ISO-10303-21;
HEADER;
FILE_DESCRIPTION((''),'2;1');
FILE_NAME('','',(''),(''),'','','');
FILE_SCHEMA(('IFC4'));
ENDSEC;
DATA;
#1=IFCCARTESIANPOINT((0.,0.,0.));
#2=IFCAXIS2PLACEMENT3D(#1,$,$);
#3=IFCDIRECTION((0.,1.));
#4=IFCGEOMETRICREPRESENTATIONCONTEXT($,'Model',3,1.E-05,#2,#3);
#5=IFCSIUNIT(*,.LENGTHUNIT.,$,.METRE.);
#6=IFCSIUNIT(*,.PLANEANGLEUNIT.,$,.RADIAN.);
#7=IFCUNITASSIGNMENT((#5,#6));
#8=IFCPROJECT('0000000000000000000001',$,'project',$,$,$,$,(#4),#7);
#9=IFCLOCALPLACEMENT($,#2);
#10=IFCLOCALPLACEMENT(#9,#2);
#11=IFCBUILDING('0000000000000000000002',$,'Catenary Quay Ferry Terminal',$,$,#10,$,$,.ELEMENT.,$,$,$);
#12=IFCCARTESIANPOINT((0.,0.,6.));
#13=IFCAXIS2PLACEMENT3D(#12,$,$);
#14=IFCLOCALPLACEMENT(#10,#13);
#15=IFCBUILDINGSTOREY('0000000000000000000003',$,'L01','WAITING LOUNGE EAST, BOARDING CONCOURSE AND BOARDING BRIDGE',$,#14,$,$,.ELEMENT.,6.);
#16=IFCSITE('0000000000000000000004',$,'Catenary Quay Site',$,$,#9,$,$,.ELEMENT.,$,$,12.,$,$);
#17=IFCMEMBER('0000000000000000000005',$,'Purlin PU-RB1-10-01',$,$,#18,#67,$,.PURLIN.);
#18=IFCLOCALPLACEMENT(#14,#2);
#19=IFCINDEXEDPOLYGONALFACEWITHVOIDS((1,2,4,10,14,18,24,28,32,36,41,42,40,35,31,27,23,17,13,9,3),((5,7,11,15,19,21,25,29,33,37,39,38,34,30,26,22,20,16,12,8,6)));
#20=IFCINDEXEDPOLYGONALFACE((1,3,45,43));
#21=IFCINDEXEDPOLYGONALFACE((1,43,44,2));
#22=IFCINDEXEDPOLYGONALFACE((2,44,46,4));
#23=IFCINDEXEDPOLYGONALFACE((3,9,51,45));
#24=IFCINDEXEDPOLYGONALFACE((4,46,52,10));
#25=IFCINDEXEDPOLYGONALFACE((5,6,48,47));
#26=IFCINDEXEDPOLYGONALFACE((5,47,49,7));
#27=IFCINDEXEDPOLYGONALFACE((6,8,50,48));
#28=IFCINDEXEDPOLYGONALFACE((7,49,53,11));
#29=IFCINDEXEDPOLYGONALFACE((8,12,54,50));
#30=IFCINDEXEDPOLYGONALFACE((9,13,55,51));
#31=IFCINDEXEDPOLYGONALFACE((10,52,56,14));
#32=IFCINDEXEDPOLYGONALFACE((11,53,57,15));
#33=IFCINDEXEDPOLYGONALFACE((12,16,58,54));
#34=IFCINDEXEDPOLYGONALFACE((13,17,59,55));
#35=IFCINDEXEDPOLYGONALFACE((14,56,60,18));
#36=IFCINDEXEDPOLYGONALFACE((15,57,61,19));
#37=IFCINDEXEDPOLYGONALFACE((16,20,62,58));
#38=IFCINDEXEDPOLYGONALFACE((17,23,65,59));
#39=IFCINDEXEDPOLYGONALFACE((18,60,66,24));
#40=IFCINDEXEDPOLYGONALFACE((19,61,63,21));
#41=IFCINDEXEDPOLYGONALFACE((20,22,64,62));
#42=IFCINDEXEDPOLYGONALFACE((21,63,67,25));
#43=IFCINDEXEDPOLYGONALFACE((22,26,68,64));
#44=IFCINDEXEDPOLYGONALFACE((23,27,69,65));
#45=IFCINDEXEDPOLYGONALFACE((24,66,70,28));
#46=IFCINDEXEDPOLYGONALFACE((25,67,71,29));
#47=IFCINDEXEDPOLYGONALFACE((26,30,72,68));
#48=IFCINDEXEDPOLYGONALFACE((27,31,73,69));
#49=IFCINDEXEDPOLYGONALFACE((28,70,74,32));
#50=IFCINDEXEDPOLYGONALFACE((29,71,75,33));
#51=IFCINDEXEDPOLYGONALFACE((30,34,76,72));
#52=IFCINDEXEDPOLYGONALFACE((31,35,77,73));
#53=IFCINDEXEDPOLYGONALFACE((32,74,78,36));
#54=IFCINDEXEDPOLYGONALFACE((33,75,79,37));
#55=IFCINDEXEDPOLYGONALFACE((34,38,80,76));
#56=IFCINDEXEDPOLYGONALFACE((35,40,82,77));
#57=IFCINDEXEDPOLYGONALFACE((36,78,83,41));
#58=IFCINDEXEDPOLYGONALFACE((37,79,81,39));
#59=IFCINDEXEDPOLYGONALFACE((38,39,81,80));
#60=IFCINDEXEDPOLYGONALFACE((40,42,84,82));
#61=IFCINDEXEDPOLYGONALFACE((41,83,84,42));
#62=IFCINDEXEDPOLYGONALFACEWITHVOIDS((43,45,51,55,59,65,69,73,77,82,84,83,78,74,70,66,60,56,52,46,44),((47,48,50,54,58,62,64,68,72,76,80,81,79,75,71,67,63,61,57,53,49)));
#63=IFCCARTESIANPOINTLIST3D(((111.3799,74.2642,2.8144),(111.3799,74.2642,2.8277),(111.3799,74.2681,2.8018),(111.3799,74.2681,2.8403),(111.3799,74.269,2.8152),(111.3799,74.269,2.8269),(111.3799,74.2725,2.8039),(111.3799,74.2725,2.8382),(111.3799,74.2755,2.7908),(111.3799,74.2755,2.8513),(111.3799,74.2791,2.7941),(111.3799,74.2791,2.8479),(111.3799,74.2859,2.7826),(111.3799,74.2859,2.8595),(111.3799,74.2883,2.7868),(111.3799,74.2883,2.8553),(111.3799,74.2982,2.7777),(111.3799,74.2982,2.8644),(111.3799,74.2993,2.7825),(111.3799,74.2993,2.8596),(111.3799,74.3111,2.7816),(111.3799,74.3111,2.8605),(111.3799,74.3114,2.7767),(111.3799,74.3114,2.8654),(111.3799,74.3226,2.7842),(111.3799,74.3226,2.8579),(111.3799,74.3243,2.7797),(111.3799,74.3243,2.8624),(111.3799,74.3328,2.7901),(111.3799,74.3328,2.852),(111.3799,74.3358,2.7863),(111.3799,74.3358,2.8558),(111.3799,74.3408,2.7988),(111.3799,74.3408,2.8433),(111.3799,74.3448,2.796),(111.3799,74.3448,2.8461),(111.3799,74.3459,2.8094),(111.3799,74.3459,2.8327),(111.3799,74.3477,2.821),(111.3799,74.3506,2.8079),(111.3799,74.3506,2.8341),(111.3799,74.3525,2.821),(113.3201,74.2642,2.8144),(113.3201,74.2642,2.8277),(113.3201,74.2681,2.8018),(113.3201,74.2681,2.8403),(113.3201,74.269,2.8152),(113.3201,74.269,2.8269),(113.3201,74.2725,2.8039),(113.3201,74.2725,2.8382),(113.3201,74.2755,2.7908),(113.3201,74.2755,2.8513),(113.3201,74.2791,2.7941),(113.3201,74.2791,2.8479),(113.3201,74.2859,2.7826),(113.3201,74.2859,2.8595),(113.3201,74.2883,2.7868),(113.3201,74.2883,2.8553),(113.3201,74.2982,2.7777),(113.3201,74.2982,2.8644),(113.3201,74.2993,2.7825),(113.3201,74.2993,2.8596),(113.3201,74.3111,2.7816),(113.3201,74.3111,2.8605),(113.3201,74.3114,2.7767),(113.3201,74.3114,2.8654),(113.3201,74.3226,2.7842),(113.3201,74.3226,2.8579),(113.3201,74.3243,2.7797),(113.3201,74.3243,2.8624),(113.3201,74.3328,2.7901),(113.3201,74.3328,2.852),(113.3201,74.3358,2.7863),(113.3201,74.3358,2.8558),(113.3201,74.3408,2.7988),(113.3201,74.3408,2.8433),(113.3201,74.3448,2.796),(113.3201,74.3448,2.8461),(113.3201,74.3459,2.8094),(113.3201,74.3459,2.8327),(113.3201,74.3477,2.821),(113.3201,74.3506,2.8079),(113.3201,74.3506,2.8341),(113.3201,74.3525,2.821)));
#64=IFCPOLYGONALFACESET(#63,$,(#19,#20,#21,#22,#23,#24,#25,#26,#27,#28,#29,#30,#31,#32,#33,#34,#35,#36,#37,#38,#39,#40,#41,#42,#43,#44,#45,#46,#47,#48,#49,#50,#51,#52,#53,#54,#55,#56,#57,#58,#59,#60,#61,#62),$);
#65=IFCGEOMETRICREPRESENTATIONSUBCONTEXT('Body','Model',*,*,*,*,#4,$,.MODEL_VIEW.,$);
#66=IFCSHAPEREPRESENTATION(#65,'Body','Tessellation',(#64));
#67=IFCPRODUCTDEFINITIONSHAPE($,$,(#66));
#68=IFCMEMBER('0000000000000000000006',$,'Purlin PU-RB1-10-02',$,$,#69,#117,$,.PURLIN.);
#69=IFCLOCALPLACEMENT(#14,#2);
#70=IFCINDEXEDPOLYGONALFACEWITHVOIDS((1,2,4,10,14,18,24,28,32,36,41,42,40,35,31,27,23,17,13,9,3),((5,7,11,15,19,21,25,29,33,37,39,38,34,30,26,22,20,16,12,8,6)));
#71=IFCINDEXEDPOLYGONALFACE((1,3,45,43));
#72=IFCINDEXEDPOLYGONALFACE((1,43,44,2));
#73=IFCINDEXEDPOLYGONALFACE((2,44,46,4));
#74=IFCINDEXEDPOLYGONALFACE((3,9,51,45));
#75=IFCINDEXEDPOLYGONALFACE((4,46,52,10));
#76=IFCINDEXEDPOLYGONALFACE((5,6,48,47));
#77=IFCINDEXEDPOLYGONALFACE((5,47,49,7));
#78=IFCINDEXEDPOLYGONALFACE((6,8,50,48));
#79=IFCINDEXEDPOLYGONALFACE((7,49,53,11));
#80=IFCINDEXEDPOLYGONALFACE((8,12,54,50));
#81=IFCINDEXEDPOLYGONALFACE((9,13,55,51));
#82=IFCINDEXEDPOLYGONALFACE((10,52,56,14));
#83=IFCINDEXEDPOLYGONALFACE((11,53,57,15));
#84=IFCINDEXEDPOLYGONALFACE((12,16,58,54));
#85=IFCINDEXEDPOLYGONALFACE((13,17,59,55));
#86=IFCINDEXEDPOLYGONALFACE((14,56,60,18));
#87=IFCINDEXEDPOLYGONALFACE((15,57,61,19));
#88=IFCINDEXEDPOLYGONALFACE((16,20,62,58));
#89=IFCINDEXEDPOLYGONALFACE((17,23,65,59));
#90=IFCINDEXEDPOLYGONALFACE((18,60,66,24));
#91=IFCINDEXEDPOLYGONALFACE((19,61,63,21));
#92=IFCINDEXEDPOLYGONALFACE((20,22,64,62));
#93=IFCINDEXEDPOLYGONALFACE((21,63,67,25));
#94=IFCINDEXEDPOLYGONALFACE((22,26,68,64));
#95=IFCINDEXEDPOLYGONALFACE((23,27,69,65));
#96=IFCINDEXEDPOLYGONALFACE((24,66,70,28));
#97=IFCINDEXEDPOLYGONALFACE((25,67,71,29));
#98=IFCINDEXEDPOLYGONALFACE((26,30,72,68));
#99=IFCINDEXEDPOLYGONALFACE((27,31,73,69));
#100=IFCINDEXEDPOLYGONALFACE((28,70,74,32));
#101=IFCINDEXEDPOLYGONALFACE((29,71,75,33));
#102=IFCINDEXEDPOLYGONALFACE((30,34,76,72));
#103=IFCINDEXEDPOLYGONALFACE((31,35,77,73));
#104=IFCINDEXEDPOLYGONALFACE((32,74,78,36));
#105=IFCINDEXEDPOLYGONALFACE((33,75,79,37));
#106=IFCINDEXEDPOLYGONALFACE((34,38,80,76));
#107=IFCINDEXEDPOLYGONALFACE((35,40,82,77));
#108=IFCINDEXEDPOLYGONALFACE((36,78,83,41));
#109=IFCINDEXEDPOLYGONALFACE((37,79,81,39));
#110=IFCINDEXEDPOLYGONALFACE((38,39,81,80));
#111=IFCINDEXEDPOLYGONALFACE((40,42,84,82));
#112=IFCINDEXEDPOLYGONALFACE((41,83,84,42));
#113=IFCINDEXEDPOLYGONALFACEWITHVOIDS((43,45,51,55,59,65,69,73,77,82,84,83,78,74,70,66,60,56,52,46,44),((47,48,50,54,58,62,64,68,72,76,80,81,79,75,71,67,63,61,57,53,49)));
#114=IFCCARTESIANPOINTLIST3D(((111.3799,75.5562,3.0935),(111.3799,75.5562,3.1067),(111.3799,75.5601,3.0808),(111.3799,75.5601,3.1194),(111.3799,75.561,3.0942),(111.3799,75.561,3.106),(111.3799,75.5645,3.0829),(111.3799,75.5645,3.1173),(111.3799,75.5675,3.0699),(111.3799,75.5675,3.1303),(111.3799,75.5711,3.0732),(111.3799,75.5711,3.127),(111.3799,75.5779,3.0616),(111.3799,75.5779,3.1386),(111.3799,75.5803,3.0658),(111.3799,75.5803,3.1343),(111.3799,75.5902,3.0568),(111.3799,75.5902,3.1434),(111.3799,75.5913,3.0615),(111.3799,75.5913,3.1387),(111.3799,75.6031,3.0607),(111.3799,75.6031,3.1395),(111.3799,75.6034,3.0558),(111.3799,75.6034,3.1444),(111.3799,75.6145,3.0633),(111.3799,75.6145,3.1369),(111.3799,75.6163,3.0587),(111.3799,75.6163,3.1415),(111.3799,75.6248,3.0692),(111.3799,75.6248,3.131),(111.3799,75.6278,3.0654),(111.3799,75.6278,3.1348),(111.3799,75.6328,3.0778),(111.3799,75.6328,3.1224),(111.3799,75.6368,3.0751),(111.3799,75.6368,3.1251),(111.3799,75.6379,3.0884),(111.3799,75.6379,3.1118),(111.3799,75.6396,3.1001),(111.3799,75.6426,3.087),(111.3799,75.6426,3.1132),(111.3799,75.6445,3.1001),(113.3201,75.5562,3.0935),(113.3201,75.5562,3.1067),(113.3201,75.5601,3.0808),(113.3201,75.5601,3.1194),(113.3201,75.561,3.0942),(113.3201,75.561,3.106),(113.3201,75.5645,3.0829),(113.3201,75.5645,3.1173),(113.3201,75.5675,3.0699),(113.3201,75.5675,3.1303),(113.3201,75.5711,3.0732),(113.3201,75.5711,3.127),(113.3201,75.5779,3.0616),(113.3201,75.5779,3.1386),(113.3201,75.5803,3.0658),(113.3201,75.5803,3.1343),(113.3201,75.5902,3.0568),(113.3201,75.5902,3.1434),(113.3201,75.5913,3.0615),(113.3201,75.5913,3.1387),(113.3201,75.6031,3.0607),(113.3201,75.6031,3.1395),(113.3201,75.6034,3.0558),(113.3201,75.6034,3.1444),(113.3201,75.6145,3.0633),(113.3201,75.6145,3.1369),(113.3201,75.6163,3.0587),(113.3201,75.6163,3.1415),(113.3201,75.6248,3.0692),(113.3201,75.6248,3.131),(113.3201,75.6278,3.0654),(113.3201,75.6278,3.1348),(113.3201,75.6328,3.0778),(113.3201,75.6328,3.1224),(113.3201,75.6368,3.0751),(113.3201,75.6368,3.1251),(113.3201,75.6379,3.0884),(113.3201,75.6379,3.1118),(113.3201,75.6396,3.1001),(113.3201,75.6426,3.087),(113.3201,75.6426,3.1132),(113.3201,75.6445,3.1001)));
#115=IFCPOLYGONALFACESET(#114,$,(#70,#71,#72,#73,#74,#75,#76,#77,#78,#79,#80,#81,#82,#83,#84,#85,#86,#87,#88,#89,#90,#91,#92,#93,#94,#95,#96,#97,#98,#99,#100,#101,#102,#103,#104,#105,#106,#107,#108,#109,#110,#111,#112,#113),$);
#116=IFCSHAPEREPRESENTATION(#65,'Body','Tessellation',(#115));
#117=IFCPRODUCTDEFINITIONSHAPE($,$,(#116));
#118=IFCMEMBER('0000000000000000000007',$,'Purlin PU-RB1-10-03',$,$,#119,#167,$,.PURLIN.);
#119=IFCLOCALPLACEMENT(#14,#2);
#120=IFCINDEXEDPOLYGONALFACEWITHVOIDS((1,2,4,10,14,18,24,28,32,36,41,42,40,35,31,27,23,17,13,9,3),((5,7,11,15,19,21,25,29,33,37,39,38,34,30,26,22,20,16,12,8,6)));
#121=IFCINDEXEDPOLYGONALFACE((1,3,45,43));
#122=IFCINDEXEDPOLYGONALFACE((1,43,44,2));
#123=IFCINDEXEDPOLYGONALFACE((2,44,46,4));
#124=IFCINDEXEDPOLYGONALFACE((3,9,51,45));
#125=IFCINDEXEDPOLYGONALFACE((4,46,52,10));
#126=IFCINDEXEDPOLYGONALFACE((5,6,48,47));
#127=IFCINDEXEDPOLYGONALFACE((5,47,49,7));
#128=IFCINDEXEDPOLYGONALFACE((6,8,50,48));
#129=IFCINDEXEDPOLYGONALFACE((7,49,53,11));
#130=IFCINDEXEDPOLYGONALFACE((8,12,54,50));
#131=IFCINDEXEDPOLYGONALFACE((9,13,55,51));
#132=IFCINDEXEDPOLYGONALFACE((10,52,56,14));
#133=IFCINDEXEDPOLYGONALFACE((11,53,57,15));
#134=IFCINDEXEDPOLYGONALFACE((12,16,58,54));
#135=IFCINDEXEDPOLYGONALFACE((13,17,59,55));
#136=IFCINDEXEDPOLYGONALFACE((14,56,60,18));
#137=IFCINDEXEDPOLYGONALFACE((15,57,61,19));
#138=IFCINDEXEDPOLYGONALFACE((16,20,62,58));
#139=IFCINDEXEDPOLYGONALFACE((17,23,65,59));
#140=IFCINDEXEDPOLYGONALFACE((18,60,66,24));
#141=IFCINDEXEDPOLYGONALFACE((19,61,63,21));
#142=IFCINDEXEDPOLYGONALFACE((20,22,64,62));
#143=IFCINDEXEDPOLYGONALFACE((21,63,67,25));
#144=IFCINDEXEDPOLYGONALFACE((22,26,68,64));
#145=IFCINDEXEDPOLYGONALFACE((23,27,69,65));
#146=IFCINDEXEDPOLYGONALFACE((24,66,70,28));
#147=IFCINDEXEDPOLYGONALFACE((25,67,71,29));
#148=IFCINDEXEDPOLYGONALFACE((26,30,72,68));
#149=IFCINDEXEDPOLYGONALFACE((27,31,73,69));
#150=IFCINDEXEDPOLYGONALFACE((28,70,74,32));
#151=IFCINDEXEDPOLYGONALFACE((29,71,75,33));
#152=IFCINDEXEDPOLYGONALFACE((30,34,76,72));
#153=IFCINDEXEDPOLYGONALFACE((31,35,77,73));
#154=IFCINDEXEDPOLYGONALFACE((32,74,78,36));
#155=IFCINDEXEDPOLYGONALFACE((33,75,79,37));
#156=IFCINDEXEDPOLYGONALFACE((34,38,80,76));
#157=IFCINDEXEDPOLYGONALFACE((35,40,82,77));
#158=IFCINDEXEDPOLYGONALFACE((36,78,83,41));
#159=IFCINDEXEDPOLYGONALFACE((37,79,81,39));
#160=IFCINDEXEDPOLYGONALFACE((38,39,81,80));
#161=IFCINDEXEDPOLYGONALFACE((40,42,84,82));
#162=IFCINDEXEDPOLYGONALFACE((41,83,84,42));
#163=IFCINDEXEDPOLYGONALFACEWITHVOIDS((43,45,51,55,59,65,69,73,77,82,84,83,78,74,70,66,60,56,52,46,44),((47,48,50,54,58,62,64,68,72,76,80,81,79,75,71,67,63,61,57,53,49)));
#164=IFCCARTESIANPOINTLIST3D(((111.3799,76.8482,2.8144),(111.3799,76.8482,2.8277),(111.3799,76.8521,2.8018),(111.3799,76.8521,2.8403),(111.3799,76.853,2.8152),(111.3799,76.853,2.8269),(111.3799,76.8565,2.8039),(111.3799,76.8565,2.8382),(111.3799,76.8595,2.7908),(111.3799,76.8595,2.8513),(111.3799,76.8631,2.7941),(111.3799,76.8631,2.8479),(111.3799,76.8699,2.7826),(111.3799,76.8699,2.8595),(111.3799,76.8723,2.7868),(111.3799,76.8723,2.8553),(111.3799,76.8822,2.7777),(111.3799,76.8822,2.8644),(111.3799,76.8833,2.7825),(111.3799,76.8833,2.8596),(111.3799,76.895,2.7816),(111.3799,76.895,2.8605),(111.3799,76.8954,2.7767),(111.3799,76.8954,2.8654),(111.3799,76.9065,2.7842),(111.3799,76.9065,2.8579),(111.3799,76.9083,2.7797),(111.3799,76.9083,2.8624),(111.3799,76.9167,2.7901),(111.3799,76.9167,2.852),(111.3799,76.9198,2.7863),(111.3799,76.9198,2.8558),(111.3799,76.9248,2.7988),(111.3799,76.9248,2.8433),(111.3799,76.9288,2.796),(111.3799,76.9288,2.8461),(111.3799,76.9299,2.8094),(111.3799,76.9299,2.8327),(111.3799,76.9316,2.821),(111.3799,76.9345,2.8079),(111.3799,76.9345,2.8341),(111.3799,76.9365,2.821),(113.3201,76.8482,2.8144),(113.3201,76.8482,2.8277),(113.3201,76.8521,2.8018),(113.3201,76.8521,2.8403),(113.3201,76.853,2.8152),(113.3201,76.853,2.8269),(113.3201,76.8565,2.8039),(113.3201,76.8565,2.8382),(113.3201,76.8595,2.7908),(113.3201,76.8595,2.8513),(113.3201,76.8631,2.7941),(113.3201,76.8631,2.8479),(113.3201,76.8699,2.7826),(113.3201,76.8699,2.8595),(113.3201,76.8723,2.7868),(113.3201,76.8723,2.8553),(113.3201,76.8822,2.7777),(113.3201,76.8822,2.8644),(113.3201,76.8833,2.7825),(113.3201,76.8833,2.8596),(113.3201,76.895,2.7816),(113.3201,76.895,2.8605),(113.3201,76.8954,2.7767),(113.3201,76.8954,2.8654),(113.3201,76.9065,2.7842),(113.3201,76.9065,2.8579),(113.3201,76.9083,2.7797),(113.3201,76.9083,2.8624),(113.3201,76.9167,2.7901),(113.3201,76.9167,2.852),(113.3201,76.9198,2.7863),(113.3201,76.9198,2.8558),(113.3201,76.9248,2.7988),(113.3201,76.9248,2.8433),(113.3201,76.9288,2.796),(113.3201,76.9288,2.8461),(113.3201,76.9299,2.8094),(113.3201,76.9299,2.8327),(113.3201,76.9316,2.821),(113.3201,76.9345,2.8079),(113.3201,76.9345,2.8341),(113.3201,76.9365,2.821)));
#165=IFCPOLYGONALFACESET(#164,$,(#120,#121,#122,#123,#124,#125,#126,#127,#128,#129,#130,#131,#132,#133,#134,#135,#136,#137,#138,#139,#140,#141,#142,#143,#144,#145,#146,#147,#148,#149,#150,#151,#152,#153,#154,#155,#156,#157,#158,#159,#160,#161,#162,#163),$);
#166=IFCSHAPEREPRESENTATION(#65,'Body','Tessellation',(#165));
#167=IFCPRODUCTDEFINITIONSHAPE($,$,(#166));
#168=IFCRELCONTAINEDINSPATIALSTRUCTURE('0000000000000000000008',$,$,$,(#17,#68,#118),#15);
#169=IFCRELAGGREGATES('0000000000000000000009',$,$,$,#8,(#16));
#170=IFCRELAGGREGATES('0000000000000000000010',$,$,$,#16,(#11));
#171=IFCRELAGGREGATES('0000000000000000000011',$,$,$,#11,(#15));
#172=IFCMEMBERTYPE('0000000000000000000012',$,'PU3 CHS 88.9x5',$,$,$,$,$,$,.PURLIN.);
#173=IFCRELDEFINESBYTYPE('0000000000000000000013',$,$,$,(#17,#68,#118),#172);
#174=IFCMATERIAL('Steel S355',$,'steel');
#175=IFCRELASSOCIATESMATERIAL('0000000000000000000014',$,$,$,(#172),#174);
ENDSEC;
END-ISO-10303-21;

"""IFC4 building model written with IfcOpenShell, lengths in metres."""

from ifc_helpers import new_model, si_unit, direction, frame, origin, origin_2d, place, context, subcontext, project, spatial, hollow_circle, extrude, material, material_profile, profile_set, type_object, element, save


model = new_model("IFC4")

# Units and contexts
model_context = context("Model", 3, precision=1e-05, world=origin(), true_north=direction((0.0, 1.0)))
body_context = subcontext(model_context, "Body", "Model", "MODEL_VIEW")
ifc_project = project(units=[si_unit("LENGTHUNIT", "METRE"), si_unit("PLANEANGLEUNIT", "RADIAN")], contexts=[model_context])

# Site, building, storey
site_placement = place(None, origin())
site = spatial("IfcSite", under=ifc_project, at=site_placement, Name="Catenary Quay Site", CompositionType="ELEMENT", RefElevation=12.0)
building_placement = place(site_placement, origin())
building = spatial("IfcBuilding", under=site, at=building_placement, Name="Catenary Quay Ferry Terminal", CompositionType="ELEMENT")
storey_placement = place(building_placement, frame((0.0, 0.0, 6.0)))
storey = spatial("IfcBuildingStorey", under=building, at=storey_placement, Name="L01", Description="WAITING LOUNGE EAST, BOARDING CONCOURSE AND BOARDING BRIDGE", CompositionType="ELEMENT", Elevation=6.0)

# Members
ifc_material_1 = material(Name="Steel S355", Category="steel")
ifc_material_profile_1 = material_profile(ifc_material_1, hollow_circle(Radius=0.0444, WallThickness=0.0049, at=origin_2d()), Name="CHS 88.9x5")
ifc_profile_set_1 = profile_set([ifc_material_profile_1], Name="Steel S355")
member_type_1 = type_object("IfcMemberType", Name="PU3 CHS 88.9x5", PredefinedType="PURLIN", material=ifc_profile_set_1)
for number, where, z_axis, x_axis, name in (
    (1, (111.3799, 74.3081, 2.821), (1.0, 0.0, 0.0), (0.0, 1.0, 0.0), "Purlin PU-RB1-10-01"),
    (2, (111.3799, 75.6001, 3.1001), (1.0, 0.0, 0.0), (0.0, 1.0, 0.0), "Purlin PU-RB1-10-02"),
    (3, (111.3799, 76.8921, 2.821), (1.0, 0.0, 0.0), (0.0, 1.0, 0.0), "Purlin PU-RB1-10-03"),
):
    element("IfcMember", number, at=place(storey_placement, frame(where, z_axis=z_axis, x_axis=x_axis)), inside=storey, type_object=member_type_1, Name=name, PredefinedType="PURLIN", context=body_context, shape_type="SweptSolid", body=[
        extrude(hollow_circle(Radius=0.0444, WallThickness=0.0049, at=origin_2d()), origin(), (0.0, 0.0, 1.0), 1.9402),
    ])

save(model, "model.ifc")
